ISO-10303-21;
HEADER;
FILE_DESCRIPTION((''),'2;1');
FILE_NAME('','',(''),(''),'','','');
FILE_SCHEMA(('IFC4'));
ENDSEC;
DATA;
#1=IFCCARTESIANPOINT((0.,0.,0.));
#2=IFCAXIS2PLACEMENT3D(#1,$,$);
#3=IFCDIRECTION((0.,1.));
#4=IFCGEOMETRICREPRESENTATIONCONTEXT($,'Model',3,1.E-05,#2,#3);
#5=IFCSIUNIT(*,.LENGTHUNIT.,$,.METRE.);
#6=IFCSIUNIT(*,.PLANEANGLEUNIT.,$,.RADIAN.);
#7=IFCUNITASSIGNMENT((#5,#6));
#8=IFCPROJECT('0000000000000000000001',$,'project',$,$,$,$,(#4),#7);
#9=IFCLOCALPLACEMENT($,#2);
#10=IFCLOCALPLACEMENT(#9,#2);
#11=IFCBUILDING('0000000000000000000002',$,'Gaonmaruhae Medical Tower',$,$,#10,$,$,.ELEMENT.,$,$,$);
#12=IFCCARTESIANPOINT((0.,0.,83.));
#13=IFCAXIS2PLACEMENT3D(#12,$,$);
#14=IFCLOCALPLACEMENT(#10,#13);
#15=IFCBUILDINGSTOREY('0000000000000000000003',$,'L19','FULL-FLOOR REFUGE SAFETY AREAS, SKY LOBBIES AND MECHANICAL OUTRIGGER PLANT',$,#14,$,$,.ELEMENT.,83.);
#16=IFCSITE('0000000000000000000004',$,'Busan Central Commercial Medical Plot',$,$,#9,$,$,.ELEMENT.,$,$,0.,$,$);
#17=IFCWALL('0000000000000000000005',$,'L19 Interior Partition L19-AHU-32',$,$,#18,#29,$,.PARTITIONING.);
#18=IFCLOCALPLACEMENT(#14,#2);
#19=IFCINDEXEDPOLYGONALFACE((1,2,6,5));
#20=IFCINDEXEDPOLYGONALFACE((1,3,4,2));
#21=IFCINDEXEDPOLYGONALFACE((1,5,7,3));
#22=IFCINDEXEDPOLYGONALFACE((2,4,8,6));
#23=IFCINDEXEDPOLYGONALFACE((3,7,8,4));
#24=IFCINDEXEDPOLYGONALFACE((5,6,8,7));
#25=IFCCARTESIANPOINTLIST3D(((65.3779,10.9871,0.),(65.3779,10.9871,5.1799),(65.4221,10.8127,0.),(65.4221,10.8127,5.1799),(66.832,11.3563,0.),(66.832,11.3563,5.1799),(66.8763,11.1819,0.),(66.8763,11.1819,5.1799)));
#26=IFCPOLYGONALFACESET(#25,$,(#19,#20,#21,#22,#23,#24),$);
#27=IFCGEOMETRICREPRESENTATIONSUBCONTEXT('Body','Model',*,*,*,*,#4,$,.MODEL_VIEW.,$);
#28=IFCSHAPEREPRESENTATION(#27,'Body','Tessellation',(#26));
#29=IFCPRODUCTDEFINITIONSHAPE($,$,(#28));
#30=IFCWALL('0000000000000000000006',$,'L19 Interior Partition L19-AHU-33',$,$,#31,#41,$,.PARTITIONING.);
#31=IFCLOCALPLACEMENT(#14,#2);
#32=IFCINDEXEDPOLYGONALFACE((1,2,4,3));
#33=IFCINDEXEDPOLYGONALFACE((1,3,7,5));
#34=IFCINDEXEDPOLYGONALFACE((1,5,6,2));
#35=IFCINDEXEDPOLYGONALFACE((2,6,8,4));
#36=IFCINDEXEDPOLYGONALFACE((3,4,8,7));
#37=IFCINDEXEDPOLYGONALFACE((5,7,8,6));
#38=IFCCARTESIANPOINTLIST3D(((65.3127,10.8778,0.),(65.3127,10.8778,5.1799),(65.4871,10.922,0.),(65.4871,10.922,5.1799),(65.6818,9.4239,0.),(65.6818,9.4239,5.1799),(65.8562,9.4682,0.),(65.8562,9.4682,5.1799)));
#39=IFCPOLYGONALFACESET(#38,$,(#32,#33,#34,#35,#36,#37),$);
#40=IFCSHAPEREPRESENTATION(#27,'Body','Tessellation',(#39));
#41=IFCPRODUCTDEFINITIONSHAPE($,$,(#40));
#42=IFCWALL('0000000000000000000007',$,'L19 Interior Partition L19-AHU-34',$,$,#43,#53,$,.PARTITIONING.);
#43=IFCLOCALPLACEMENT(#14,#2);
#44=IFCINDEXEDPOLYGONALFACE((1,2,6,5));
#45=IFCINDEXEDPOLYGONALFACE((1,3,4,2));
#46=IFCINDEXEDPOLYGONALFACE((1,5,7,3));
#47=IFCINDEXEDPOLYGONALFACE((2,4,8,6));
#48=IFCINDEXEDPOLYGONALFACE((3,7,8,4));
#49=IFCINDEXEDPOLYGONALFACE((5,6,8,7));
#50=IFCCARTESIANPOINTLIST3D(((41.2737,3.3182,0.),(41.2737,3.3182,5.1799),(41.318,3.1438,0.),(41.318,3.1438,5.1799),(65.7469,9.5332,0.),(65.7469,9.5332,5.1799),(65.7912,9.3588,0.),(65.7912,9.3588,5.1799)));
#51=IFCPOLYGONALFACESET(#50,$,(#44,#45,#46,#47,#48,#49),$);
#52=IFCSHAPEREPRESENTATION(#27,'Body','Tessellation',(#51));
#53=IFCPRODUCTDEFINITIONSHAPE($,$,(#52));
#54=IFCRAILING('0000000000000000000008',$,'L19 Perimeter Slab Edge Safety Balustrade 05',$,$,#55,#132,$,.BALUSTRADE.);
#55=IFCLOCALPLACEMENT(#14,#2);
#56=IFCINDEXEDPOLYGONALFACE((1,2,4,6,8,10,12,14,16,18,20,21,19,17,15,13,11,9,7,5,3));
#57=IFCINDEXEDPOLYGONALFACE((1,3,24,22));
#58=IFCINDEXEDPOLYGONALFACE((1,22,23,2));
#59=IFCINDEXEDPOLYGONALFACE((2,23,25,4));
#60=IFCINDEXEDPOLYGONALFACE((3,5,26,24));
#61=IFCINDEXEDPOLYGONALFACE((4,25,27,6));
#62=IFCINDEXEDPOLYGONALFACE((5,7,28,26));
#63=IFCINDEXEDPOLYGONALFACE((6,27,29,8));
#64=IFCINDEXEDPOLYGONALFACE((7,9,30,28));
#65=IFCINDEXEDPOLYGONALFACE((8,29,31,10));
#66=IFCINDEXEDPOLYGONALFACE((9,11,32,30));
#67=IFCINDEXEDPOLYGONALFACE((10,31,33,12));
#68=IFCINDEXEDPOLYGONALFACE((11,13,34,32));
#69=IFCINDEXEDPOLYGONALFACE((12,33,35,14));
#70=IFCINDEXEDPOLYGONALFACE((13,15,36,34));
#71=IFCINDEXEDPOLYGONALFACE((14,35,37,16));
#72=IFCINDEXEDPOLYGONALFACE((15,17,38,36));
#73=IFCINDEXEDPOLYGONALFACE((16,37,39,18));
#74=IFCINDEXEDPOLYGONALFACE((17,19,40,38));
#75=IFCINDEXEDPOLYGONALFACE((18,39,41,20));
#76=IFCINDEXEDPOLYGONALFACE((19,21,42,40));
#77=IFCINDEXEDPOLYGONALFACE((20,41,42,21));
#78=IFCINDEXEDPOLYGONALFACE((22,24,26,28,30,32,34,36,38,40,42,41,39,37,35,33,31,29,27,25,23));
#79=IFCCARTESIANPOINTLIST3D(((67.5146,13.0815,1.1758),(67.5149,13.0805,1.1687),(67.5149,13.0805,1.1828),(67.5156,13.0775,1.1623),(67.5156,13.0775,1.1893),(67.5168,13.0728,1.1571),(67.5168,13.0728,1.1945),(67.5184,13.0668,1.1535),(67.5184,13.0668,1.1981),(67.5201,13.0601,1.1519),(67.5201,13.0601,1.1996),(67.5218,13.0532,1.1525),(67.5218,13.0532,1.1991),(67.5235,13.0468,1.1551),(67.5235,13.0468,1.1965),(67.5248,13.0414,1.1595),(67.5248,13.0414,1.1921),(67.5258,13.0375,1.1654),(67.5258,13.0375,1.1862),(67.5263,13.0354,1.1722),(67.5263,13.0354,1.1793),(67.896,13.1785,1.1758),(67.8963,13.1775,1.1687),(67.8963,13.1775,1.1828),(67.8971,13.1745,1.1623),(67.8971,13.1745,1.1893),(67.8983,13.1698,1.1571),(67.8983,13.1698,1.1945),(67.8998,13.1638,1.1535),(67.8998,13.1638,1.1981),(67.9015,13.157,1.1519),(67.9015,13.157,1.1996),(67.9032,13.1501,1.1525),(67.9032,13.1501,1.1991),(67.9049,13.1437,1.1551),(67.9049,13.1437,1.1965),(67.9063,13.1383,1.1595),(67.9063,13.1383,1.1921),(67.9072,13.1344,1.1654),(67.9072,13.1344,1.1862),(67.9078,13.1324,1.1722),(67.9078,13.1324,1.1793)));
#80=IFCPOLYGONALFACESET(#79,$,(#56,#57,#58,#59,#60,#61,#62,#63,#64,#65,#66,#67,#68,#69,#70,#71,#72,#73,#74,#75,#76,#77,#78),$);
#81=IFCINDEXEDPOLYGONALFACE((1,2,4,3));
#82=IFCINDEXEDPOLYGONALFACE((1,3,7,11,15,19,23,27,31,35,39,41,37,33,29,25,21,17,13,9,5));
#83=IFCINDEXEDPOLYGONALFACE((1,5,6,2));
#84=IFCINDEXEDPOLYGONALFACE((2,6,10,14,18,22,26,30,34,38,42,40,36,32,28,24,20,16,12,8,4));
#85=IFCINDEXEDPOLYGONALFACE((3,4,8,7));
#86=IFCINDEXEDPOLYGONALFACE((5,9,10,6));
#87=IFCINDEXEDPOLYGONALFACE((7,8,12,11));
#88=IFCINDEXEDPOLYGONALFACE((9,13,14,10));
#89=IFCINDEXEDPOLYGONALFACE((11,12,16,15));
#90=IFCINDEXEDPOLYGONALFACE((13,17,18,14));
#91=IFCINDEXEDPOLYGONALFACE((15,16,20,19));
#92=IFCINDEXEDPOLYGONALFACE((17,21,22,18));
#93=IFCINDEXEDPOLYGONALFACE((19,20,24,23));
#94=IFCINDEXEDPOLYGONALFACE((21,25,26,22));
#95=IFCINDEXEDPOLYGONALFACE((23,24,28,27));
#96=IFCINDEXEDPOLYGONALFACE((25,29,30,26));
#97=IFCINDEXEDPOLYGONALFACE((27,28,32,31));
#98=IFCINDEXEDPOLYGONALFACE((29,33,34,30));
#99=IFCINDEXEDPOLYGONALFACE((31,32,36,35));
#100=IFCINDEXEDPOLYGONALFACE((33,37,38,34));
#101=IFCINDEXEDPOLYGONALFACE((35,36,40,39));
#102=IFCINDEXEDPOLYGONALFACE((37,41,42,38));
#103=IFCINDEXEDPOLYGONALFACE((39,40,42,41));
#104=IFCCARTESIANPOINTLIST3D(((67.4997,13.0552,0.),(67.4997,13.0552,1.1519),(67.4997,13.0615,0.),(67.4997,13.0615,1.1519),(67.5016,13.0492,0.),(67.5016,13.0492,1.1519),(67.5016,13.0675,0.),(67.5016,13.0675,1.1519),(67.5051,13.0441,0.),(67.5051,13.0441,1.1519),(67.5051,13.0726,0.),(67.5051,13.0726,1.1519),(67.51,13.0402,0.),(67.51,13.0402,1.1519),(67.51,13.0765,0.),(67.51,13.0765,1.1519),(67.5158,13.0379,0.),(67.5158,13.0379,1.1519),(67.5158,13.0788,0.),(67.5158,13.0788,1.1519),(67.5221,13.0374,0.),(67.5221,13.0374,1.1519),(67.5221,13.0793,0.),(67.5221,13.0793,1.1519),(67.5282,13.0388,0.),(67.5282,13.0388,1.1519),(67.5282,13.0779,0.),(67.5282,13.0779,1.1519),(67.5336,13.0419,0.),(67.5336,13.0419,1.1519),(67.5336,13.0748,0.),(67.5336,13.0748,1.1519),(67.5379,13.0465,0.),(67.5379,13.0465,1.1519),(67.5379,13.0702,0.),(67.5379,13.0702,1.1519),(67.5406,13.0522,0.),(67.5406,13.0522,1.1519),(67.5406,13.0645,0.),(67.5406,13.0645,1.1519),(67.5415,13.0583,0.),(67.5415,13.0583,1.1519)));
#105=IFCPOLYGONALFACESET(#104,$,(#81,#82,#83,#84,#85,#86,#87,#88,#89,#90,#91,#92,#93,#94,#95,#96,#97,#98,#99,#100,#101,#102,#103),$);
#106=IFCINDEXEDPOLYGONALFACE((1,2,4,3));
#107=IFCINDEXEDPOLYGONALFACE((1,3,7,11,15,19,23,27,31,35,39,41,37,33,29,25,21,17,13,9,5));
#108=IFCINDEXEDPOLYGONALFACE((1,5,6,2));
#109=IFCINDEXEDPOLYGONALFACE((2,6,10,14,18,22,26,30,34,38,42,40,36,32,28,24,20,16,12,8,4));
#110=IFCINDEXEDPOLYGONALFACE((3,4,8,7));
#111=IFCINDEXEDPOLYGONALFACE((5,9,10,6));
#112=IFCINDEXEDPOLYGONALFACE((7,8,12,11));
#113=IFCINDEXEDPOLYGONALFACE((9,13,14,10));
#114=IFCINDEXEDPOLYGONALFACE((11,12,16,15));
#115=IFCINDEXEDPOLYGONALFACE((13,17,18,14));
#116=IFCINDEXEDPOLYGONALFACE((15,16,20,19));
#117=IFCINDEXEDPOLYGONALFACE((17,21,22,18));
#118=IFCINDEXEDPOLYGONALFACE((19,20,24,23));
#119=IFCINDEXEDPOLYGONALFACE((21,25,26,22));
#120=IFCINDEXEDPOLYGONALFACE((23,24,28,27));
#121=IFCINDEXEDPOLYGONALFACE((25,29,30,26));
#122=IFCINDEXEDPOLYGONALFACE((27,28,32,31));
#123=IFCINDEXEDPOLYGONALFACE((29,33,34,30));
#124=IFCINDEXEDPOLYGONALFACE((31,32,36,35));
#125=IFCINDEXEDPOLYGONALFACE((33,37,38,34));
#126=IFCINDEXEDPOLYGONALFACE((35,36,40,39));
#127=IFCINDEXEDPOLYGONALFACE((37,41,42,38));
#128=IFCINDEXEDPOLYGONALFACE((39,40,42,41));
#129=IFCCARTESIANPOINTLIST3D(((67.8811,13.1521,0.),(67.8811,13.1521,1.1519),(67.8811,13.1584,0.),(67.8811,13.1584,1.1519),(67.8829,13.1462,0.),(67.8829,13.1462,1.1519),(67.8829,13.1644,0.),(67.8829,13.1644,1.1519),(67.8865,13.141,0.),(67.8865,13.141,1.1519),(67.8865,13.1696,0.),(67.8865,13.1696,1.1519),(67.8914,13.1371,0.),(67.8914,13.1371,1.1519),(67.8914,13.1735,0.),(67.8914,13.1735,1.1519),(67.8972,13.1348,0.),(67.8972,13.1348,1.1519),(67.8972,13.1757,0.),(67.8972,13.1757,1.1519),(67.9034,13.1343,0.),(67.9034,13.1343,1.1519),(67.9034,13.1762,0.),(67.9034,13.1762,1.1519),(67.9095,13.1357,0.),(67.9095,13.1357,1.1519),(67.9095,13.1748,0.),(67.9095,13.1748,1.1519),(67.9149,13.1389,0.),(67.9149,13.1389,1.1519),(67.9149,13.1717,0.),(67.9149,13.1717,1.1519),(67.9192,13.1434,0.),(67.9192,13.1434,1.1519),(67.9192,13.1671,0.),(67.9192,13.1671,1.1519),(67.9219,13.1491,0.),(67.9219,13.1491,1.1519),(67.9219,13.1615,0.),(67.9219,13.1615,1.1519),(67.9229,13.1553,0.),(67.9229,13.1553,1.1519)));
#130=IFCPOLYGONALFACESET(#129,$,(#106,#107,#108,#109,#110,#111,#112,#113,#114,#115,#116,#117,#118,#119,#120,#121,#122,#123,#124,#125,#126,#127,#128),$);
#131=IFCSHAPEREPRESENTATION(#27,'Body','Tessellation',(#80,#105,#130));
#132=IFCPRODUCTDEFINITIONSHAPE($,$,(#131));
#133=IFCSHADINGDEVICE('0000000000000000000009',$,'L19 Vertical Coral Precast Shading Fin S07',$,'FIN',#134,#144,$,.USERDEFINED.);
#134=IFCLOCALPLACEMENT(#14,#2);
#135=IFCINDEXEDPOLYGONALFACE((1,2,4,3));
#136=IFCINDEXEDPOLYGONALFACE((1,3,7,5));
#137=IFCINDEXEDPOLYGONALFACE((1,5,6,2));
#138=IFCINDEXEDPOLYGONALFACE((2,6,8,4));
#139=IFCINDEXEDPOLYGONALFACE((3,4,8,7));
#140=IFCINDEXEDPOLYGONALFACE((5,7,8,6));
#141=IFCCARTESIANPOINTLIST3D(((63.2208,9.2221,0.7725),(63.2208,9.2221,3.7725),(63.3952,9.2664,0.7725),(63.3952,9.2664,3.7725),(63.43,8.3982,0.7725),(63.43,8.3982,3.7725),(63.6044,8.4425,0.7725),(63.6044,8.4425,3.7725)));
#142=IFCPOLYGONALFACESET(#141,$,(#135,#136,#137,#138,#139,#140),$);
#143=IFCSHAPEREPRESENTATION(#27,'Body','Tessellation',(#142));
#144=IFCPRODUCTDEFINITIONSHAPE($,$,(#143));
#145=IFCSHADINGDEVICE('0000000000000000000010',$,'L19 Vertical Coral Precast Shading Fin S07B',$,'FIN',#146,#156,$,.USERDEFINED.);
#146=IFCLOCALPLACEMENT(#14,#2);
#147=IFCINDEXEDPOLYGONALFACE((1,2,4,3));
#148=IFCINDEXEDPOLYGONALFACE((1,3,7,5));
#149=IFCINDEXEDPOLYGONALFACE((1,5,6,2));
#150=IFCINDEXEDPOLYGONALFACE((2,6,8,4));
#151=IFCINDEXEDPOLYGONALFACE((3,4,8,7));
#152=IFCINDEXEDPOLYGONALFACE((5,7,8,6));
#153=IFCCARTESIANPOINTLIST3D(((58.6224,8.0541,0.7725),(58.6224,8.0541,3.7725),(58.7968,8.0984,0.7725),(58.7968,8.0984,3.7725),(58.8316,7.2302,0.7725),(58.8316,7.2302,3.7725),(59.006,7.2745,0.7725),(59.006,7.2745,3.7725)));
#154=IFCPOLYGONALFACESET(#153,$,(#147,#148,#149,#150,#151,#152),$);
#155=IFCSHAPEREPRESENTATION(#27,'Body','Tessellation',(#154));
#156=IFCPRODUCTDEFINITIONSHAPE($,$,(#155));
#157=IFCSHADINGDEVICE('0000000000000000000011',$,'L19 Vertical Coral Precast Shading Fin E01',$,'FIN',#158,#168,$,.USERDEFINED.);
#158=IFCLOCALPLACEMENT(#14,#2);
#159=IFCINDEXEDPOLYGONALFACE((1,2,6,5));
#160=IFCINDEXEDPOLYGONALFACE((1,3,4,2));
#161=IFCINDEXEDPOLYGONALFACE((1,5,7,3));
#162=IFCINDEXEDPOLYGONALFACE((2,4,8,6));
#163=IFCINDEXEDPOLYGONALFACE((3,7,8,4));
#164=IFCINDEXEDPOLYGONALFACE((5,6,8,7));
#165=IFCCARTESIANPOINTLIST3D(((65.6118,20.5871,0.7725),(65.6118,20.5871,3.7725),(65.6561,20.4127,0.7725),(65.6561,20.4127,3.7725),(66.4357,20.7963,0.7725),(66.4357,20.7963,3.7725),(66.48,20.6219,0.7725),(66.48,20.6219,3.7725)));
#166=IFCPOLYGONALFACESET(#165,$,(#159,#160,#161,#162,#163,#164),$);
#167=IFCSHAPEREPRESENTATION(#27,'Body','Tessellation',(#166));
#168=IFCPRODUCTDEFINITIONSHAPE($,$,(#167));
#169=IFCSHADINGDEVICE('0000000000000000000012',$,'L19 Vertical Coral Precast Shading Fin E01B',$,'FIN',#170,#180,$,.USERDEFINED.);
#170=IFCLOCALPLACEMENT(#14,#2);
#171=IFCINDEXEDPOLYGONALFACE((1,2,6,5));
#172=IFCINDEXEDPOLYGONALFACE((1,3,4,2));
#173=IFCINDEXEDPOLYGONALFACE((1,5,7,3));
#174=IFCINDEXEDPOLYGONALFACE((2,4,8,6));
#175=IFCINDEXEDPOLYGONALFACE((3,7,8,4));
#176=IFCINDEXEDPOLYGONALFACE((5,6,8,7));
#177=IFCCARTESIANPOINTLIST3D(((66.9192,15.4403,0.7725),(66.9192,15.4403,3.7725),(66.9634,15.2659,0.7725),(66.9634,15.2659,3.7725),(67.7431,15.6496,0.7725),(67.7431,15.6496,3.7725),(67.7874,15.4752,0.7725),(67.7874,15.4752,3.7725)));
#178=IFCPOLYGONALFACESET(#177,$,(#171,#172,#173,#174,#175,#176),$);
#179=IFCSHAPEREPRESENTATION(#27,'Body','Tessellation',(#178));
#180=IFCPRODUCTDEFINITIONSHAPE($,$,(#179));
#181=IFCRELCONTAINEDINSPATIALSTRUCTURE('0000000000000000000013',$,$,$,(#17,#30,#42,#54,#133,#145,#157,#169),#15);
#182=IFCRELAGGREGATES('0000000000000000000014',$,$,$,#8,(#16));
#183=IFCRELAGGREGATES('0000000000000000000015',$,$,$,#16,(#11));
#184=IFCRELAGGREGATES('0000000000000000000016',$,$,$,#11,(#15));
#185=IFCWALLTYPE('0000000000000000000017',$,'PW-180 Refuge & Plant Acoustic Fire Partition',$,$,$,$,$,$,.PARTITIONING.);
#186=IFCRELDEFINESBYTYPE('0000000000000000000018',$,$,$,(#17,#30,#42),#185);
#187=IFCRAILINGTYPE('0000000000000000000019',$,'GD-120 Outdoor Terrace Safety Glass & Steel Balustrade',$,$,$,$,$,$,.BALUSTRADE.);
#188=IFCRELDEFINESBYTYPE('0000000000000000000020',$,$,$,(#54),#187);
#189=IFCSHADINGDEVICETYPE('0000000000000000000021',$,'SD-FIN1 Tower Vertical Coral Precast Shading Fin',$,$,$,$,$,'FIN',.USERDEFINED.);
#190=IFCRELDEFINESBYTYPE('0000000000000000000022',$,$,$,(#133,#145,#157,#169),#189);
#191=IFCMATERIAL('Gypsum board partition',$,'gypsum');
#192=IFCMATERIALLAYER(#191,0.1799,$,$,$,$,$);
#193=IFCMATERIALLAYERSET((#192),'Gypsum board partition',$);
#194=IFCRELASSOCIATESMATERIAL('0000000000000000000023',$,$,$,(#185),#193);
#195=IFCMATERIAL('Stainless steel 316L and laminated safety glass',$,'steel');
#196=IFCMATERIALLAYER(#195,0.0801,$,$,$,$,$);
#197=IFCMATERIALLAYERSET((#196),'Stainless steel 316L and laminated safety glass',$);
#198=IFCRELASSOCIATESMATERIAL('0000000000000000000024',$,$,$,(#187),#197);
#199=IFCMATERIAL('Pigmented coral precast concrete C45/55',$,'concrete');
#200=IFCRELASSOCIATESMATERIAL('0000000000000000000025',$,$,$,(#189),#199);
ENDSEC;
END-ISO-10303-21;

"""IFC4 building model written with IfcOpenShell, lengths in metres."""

from ifc_helpers import new_model, si_unit, direction, frame, frame_2d, origin, origin_2d, place, context, subcontext, project, spatial, rectangle, circle, extrude, material, layer, layer_set, type_object, element, save


model = new_model("IFC4")

# Units and contexts
model_context = context("Model", 3, precision=1e-05, world=origin(), true_north=direction((0.0, 1.0)))
body_context = subcontext(model_context, "Body", "Model", "MODEL_VIEW")
ifc_project = project(units=[si_unit("LENGTHUNIT", "METRE"), si_unit("PLANEANGLEUNIT", "RADIAN")], contexts=[model_context])

# Site, building, storey
site_placement = place(None, origin())
site = spatial("IfcSite", under=ifc_project, at=site_placement, Name="Busan Central Commercial Medical Plot", CompositionType="ELEMENT", RefElevation=0.0)
building_placement = place(site_placement, origin())
building = spatial("IfcBuilding", under=site, at=building_placement, Name="Gaonmaruhae Medical Tower", CompositionType="ELEMENT")
storey_placement = place(building_placement, frame((0.0, 0.0, 83.0)))
storey = spatial("IfcBuildingStorey", under=building, at=storey_placement, Name="L19", Description="FULL-FLOOR REFUGE SAFETY AREAS, SKY LOBBIES AND MECHANICAL OUTRIGGER PLANT", CompositionType="ELEMENT", Elevation=83.0)

# Walls
ifc_material_1 = material(Name="Gypsum board partition", Category="gypsum")
ifc_layer_1 = layer(ifc_material_1, 0.1799)
ifc_layer_set_1 = layer_set([ifc_layer_1], Name="Gypsum board partition")
wall_type_1 = type_object("IfcWallType", Name="PW-180 Refuge & Plant Acoustic Fire Partition", PredefinedType="PARTITIONING", material=ifc_layer_set_1)
wall_1_placement = place(storey_placement, frame((66.854, 11.269, 0.0), z_axis=(0.0, 0.0, 1.0), x_axis=(-0.969255, -0.246057, 0.0)))
element("IfcWall", 1, at=wall_1_placement, inside=storey, type_object=wall_type_1, Name="L19 Interior Partition L19-AHU-32", PredefinedType="PARTITIONING", context=body_context, shape_type="SweptSolid", body=[
    extrude(rectangle(XDim=1.5002, YDim=0.1799, at=frame_2d((0.75, 0.0))), origin(), (0.0, 0.0, 1.0), 5.1799),
])
wall_2_placement = place(storey_placement, frame((65.3999, 10.8999, 0.0), z_axis=(0.0, 0.0, 1.0), x_axis=(0.246096, -0.969246, 0.0)))
element("IfcWall", 2, at=wall_2_placement, inside=storey, type_object=wall_type_1, Name="L19 Interior Partition L19-AHU-33", PredefinedType="PARTITIONING", context=body_context, shape_type="SweptSolid", body=[
    extrude(rectangle(XDim=1.5, YDim=0.1799, at=frame_2d((0.75, 0.0))), origin(), (0.0, 0.0, 1.0), 5.1799),
])
wall_3_placement = place(storey_placement, frame((65.769, 9.446, 0.0), z_axis=(0.0, 0.0, 1.0), x_axis=(-0.969234, -0.246142, 0.0)))
element("IfcWall", 3, at=wall_3_placement, inside=storey, type_object=wall_type_1, Name="L19 Interior Partition L19-AHU-34", PredefinedType="PARTITIONING", context=body_context, shape_type="SweptSolid", body=[
    extrude(rectangle(XDim=25.25, YDim=0.1799, at=frame_2d((12.625, 0.0))), origin(), (0.0, 0.0, 1.0), 5.1799),
])

# Railing
ifc_material_2 = material(Name="Stainless steel 316L and laminated safety glass", Category="steel")
ifc_layer_2 = layer(ifc_material_2, 0.0801)
ifc_layer_set_2 = layer_set([ifc_layer_2], Name="Stainless steel 316L and laminated safety glass")
railing_type = type_object("IfcRailingType", Name="GD-120 Outdoor Terrace Safety Glass & Steel Balustrade", PredefinedType="BALUSTRADE", material=ifc_layer_set_2)
railing_placement = place(storey_placement, frame((67.5205, 13.0583, 0.0)))
element("IfcRailing", 4, at=railing_placement, inside=storey, type_object=railing_type, Name="L19 Perimeter Slab Edge Safety Balustrade 05", PredefinedType="BALUSTRADE", context=body_context, shape_type="SweptSolid", body=[
    extrude(circle(Radius=0.0239, at=origin_2d()), frame((0.0, 0.0, 1.1758), z_axis=(0.969186, 0.24633, 0.0), x_axis=(-0.24633, 0.969186, 0.0)), (0.0, 0.0, 1.0), 0.3936),
    extrude(circle(Radius=0.021, at=origin_2d()), origin(), (0.0, 0.0, 1.0), 1.1519),
    extrude(circle(Radius=0.021, at=origin_2d()), frame((0.3813, 0.0969, 0.0)), (0.0, 0.0, 1.0), 1.1519),
])

# Shading devices
ifc_material_3 = material(Name="Pigmented coral precast concrete C45/55", Category="concrete")
shading_device_type = type_object("IfcShadingDeviceType", Name="SD-FIN1 Tower Vertical Coral Precast Shading Fin", ElementType="FIN", PredefinedType="USERDEFINED", material=ifc_material_3)
for number, where, z_axis, x_axis, name in (
    (5, (63.4126, 8.8323, 0.7725), (0.0, 0.0, 1.0), (-0.969231, -0.246153, 0.0), "L19 Vertical Coral Precast Shading Fin S07"),
    (6, (58.8142, 7.6643, 0.7725), (0.0, 0.0, 1.0), (-0.969231, -0.246153, 0.0), "L19 Vertical Coral Precast Shading Fin S07B"),
    (7, (66.0459, 20.6045, 0.7725), (0.0, 0.0, 1.0), (0.24617, -0.969227, 0.0), "L19 Vertical Coral Precast Shading Fin E01"),
    (8, (67.3533, 15.4578, 0.7725), (0.0, 0.0, 1.0), (0.24617, -0.969227, 0.0), "L19 Vertical Coral Precast Shading Fin E01B"),
):
    element("IfcShadingDevice", number, at=place(storey_placement, frame(where, z_axis=z_axis, x_axis=x_axis)), inside=storey, type_object=shading_device_type, Name=name, ObjectType="FIN", PredefinedType="USERDEFINED", context=body_context, shape_type="SweptSolid", body=[
        extrude(rectangle(XDim=0.1799, YDim=0.8501, at=origin_2d()), origin(), (0.0, 0.0, 1.0), 3.0),
    ])

save(model, "model.ifc")
